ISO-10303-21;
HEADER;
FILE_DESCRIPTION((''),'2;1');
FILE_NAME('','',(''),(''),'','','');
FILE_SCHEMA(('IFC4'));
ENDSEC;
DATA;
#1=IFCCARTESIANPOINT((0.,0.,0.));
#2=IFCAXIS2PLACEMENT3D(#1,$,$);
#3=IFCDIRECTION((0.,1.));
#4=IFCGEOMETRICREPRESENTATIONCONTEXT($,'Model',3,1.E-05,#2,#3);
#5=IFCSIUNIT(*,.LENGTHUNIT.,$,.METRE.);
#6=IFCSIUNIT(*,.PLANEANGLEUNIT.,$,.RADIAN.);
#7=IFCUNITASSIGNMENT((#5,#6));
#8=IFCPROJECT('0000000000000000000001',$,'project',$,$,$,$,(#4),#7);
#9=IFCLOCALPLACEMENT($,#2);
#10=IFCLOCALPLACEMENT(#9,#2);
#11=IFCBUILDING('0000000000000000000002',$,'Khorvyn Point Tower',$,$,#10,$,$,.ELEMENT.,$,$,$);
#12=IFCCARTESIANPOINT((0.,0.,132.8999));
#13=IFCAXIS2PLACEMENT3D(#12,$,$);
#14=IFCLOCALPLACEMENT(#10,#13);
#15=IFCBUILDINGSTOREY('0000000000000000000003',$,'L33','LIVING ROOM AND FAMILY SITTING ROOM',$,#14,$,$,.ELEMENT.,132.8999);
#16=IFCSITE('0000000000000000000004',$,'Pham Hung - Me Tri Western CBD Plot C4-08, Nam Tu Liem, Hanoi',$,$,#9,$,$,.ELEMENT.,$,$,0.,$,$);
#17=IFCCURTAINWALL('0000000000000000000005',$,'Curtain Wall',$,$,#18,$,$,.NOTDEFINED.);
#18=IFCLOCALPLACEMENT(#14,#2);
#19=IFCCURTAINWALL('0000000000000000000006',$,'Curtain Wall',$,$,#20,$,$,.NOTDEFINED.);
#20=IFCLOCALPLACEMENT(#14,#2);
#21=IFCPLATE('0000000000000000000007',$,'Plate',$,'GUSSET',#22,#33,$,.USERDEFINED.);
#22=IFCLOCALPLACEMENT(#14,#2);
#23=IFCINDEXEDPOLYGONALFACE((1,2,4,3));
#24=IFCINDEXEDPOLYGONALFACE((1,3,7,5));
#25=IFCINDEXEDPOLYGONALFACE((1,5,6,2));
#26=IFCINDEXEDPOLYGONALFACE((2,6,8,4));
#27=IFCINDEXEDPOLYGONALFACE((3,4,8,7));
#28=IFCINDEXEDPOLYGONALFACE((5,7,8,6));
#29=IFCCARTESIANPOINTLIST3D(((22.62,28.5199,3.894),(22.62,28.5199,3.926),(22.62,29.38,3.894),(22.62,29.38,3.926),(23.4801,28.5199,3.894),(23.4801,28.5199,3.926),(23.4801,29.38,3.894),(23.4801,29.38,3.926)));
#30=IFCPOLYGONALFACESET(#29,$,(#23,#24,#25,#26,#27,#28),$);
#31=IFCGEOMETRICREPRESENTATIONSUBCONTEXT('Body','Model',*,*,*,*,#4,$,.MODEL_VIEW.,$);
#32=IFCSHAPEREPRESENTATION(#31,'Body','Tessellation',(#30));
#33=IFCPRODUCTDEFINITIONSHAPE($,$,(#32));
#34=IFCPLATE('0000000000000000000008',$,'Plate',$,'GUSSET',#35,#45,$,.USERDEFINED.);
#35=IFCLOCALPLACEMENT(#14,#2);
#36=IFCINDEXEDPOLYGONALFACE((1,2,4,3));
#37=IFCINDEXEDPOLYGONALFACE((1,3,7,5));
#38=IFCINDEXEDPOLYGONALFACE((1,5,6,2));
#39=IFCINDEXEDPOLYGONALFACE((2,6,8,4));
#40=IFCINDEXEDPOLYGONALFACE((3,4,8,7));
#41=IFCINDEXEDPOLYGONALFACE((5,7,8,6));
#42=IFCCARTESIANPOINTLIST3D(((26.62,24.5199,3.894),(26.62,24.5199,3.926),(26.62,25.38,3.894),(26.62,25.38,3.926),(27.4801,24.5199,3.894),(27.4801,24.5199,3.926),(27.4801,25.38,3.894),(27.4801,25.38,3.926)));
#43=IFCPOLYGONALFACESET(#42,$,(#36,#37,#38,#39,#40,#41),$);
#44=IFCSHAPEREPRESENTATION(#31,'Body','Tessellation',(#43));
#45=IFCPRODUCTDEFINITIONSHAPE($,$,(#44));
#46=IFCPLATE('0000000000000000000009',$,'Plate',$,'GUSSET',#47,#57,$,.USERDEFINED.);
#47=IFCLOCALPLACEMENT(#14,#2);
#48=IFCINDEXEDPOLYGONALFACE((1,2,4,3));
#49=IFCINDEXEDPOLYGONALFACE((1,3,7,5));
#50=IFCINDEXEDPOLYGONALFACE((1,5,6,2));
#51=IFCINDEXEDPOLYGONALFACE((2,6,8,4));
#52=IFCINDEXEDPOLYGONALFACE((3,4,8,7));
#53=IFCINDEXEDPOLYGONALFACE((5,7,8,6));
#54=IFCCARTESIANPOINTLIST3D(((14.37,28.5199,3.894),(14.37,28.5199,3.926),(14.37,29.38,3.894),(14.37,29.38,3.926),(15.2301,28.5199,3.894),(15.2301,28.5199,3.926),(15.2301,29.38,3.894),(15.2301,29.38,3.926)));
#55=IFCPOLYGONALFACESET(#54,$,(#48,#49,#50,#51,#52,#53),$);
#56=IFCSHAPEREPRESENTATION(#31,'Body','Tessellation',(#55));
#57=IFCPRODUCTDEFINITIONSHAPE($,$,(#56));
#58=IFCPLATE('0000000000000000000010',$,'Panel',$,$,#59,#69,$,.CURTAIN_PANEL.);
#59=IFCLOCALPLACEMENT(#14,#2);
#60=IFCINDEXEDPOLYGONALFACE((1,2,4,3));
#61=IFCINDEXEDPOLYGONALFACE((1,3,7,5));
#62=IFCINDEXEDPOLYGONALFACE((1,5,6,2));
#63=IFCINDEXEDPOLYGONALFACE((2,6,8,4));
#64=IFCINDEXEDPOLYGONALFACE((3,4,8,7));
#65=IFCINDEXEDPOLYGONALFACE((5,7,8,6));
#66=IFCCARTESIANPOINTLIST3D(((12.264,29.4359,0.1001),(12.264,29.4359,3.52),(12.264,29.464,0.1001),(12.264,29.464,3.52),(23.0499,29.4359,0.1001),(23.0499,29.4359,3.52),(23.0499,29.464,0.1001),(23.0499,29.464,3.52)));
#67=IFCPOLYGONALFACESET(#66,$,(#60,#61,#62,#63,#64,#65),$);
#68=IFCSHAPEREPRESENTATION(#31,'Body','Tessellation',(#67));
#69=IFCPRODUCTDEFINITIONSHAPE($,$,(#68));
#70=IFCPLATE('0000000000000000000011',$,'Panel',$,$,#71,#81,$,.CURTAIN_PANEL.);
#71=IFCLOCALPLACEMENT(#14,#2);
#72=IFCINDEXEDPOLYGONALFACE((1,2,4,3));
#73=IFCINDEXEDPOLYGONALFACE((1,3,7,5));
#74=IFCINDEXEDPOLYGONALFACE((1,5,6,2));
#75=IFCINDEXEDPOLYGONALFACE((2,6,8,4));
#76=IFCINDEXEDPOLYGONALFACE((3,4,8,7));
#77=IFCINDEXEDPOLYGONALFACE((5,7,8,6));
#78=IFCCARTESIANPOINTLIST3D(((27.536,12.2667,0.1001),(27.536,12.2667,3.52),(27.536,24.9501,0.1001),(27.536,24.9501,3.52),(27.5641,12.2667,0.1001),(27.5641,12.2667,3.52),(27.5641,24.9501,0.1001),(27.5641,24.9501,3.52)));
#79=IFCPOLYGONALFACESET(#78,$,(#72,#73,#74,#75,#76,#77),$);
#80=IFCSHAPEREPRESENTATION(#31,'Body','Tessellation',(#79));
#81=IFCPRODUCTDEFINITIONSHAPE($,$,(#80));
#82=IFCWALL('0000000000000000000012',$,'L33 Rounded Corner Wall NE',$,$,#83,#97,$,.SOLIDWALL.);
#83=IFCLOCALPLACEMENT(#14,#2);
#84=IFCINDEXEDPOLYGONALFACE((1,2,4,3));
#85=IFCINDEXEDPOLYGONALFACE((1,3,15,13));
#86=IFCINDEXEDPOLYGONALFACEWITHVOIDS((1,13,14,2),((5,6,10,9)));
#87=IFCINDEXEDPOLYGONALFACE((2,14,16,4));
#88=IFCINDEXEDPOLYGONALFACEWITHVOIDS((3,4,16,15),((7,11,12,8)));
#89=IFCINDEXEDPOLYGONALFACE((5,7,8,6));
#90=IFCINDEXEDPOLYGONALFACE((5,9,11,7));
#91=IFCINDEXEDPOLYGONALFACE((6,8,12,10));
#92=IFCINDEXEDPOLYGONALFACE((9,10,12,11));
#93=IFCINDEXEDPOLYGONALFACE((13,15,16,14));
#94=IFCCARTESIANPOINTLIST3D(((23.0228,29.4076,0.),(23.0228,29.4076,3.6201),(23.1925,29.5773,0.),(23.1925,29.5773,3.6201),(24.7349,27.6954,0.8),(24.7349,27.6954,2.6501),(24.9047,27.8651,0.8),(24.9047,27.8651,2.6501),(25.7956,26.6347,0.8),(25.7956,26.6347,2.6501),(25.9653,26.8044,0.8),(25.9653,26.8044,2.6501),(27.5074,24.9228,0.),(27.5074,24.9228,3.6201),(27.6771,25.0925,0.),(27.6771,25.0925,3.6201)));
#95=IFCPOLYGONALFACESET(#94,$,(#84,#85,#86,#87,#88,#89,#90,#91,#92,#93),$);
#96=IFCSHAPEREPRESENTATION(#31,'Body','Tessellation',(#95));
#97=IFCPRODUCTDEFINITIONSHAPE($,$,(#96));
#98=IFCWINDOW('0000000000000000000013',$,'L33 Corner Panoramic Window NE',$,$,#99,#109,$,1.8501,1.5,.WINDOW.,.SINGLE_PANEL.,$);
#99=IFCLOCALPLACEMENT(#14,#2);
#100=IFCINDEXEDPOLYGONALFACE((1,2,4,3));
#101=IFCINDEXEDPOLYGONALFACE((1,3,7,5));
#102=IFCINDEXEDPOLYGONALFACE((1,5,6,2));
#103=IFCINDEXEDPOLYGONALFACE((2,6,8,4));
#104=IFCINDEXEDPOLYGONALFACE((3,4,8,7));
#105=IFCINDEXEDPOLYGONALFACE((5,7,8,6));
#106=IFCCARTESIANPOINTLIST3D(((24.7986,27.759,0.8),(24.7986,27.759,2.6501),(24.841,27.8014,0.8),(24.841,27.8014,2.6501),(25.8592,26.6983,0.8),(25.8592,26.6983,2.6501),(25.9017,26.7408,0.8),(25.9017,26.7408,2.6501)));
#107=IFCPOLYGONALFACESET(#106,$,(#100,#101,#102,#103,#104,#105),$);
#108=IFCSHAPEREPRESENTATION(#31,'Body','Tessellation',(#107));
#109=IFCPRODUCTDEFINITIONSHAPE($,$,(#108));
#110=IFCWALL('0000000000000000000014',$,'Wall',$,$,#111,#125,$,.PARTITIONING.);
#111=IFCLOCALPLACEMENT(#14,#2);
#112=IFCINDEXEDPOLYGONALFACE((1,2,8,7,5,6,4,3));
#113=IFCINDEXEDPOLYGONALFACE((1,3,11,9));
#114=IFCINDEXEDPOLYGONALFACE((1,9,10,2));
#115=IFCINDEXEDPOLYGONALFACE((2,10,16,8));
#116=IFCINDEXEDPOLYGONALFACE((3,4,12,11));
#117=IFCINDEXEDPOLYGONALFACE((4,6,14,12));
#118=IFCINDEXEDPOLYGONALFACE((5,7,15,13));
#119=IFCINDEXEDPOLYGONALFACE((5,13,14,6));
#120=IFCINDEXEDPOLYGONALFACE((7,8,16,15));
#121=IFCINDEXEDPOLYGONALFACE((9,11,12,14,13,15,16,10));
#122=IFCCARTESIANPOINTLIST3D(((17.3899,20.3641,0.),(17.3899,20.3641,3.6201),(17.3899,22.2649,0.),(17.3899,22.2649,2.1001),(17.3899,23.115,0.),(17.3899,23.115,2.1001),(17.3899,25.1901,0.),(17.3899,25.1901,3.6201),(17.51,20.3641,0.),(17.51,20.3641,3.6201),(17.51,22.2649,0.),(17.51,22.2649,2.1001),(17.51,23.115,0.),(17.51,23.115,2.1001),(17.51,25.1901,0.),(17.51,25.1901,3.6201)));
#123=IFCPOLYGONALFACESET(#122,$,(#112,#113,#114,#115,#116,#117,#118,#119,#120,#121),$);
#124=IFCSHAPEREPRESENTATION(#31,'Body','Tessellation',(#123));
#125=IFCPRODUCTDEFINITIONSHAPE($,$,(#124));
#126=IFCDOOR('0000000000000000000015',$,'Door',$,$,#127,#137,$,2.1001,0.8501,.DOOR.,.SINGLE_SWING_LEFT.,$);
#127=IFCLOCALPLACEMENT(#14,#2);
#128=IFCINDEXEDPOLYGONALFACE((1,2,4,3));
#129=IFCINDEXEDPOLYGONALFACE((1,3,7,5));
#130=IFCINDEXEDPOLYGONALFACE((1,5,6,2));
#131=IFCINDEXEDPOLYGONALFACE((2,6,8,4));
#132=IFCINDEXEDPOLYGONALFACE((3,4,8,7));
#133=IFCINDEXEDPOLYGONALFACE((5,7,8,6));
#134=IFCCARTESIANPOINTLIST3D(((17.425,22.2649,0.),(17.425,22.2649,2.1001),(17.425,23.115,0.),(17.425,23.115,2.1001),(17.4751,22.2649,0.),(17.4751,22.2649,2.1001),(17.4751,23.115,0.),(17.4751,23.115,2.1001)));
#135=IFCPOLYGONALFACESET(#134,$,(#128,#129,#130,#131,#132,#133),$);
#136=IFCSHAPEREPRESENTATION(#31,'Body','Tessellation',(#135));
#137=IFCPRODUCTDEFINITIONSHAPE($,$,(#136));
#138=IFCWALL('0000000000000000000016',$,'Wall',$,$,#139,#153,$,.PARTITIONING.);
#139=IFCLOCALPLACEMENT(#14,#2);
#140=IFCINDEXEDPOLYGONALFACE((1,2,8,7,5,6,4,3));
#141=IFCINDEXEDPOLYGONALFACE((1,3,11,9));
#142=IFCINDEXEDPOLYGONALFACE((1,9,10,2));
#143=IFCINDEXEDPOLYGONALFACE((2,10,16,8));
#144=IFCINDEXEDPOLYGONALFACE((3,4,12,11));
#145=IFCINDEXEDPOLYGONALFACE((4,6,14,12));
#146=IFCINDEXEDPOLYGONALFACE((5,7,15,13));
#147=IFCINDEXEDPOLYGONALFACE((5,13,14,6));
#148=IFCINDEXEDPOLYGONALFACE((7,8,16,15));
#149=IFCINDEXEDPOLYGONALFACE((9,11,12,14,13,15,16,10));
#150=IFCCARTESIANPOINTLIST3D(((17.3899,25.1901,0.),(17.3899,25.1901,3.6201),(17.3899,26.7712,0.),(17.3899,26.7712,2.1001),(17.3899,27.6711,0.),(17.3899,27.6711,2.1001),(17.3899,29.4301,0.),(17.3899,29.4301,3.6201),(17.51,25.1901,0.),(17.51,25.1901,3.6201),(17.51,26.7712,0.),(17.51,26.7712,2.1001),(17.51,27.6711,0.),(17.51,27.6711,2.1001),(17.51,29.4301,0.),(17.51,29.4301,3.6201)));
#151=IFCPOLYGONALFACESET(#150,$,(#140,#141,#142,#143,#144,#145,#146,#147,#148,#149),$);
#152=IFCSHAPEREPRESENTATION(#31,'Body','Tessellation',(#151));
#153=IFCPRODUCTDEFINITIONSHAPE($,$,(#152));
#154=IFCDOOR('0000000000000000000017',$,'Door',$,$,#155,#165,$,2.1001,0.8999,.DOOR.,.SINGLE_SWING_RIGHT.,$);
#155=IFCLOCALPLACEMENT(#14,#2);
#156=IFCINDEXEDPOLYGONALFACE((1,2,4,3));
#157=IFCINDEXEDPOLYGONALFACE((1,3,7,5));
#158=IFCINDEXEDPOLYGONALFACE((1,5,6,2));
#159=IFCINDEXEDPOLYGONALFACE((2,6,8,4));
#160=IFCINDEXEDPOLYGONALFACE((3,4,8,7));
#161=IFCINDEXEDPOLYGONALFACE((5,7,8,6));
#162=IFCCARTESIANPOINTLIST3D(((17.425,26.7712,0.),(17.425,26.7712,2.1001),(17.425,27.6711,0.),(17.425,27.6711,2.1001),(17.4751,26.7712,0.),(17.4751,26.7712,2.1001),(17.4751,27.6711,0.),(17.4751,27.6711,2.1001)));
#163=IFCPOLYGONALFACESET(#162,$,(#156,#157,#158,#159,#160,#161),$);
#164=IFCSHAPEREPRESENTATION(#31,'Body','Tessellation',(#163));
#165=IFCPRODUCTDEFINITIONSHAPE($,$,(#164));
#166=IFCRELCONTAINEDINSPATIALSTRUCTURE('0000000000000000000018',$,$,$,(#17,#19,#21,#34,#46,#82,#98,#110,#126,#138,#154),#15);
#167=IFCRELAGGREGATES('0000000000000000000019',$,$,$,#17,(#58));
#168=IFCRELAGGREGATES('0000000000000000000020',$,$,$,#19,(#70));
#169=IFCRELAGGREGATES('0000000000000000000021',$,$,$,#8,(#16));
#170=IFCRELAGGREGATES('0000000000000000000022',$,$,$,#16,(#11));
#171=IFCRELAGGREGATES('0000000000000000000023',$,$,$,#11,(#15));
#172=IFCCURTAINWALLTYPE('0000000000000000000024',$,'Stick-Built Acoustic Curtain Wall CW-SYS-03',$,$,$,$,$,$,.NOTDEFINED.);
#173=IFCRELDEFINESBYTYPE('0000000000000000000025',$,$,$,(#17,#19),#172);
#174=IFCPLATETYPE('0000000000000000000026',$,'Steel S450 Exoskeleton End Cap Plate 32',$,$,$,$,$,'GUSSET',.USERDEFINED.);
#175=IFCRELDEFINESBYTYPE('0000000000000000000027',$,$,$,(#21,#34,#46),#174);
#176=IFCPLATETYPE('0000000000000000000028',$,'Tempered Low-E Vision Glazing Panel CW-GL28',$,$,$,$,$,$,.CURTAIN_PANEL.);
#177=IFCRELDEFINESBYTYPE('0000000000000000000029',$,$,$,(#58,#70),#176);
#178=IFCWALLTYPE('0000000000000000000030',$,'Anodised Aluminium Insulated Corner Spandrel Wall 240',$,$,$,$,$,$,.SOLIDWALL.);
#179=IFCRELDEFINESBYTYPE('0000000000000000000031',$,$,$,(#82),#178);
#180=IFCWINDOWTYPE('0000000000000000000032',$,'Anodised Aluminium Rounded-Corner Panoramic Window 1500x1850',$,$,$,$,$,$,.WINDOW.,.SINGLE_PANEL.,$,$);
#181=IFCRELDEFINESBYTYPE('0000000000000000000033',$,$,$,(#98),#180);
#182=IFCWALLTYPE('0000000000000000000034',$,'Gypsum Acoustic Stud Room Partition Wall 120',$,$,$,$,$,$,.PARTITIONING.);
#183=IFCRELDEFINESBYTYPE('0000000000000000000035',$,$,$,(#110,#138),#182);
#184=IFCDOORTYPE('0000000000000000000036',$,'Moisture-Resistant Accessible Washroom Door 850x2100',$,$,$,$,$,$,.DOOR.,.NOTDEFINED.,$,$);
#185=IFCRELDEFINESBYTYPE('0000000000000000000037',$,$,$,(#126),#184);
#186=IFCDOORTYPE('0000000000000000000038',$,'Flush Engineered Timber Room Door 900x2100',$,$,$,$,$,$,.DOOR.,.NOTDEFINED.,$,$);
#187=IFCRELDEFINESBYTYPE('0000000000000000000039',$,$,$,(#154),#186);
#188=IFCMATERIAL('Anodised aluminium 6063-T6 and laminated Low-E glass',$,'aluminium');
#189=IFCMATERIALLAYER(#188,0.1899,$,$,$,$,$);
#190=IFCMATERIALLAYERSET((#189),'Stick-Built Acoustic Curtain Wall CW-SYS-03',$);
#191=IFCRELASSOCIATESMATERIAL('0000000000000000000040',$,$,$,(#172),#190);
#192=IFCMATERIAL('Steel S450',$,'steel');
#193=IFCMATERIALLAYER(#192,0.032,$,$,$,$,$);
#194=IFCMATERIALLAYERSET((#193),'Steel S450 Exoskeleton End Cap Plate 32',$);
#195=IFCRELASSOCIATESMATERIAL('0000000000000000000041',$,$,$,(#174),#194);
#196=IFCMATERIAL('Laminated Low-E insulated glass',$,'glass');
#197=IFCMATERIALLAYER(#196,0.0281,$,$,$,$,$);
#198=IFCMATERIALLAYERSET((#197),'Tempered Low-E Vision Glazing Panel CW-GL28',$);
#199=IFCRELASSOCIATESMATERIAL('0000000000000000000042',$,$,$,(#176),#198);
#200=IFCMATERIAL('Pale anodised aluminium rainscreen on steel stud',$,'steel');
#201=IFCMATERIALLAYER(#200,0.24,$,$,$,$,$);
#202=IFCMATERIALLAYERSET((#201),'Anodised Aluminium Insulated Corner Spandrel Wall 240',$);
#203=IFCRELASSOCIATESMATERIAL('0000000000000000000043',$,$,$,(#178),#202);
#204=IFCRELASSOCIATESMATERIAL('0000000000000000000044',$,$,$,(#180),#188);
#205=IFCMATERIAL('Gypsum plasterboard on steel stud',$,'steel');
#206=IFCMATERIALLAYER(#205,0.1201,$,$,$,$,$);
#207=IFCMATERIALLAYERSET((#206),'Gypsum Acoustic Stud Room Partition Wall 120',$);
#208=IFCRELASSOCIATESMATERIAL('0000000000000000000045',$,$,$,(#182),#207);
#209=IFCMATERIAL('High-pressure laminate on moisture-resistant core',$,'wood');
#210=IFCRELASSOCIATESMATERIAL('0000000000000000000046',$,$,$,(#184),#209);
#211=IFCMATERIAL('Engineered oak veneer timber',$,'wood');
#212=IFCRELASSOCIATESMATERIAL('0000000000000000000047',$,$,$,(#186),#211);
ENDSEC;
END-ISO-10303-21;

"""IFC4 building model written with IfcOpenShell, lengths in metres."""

from ifc_helpers import new_model, si_unit, direction, frame, frame_2d, origin, origin_2d, place, context, subcontext, project, spatial, rectangle, extrude, material, layer, layer_set, type_object, element, fill, aggregate, save


model = new_model("IFC4")

# Units and contexts
model_context = context("Model", 3, precision=1e-05, world=origin(), true_north=direction((0.0, 1.0)))
body_context = subcontext(model_context, "Body", "Model", "MODEL_VIEW")
ifc_project = project(units=[si_unit("LENGTHUNIT", "METRE"), si_unit("PLANEANGLEUNIT", "RADIAN")], contexts=[model_context])

# Site, building, storey
site_placement = place(None, origin())
site = spatial("IfcSite", under=ifc_project, at=site_placement, Name="Pham Hung - Me Tri Western CBD Plot C4-08, Nam Tu Liem, Hanoi", CompositionType="ELEMENT", RefElevation=0.0)
building_placement = place(site_placement, origin())
building = spatial("IfcBuilding", under=site, at=building_placement, Name="Khorvyn Point Tower", CompositionType="ELEMENT")
storey_placement = place(building_placement, frame((0.0, 0.0, 132.8999)))
storey = spatial("IfcBuildingStorey", under=building, at=storey_placement, Name="L33", Description="LIVING ROOM AND FAMILY SITTING ROOM", CompositionType="ELEMENT", Elevation=132.8999)

# Shared definitions
ifc_material_1 = material(Name="Steel S450", Category="steel")

# Curtain wall
ifc_material_2 = material(Name="Anodised aluminium 6063-T6 and laminated Low-E glass", Category="aluminium")
ifc_layer_1 = layer(ifc_material_2, 0.1899)
ifc_layer_set_1 = layer_set([ifc_layer_1], Name="Stick-Built Acoustic Curtain Wall CW-SYS-03")
curtain_wall_type = type_object("IfcCurtainWallType", Name="Stick-Built Acoustic Curtain Wall CW-SYS-03", PredefinedType="NOTDEFINED", material=ifc_layer_set_1)
curtain_wall_1_placement = place(storey_placement, origin())
curtain_wall_1 = element("IfcCurtainWall", 1, at=curtain_wall_1_placement, inside=storey, type_object=curtain_wall_type, Name="Curtain Wall", PredefinedType="NOTDEFINED")

# Curtain wall
curtain_wall_2_placement = place(storey_placement, origin())
curtain_wall_2 = element("IfcCurtainWall", 2, at=curtain_wall_2_placement, inside=storey, type_object=curtain_wall_type, Name="Curtain Wall", PredefinedType="NOTDEFINED")

# Plates
ifc_layer_2 = layer(ifc_material_1, 0.032)
ifc_layer_set_2 = layer_set([ifc_layer_2], Name="Steel S450 Exoskeleton End Cap Plate 32")
plate_type_1 = type_object("IfcPlateType", Name="Steel S450 Exoskeleton End Cap Plate 32", ElementType="GUSSET", PredefinedType="USERDEFINED", material=ifc_layer_set_2)
for number, where, z_axis, x_axis, name in (
    (3, (23.05, 28.95, 3.894), (0.0, 0.0, 1.0), (1.0, 0.0, 0.0), "Plate"),
    (4, (27.05, 24.95, 3.894), (0.0, 0.0, 1.0), (1.0, 0.0, 0.0), "Plate"),
    (5, (14.8, 28.95, 3.894), (0.0, 0.0, 1.0), (1.0, 0.0, 0.0), "Plate"),
):
    element("IfcPlate", number, at=place(storey_placement, frame(where, z_axis=z_axis, x_axis=x_axis)), inside=storey, type_object=plate_type_1, Name=name, ObjectType="GUSSET", PredefinedType="USERDEFINED", context=body_context, shape_type="SweptSolid", body=[
        extrude(rectangle(XDim=0.8601, YDim=0.8601, at=origin_2d()), origin(), (0.0, 0.0, 1.0), 0.032),
    ])

# Plates
ifc_material_3 = material(Name="Laminated Low-E insulated glass", Category="glass")
ifc_layer_3 = layer(ifc_material_3, 0.0281)
ifc_layer_set_3 = layer_set([ifc_layer_3], Name="Tempered Low-E Vision Glazing Panel CW-GL28")
plate_type_2 = type_object("IfcPlateType", Name="Tempered Low-E Vision Glazing Panel CW-GL28", PredefinedType="CURTAIN_PANEL", material=ifc_layer_set_3)
plate_1_placement = place(storey_placement, frame((17.657, 29.45, 0.1001), z_axis=(0.0, 0.0, 1.0), x_axis=(1.0, 0.0, 0.0)))
plate_1 = element("IfcPlate", 6, at=plate_1_placement, type_object=plate_type_2, Name="Panel", PredefinedType="CURTAIN_PANEL", context=body_context, shape_type="SweptSolid", body=[
    extrude(rectangle(XDim=10.7859, YDim=0.0281, at=origin_2d()), origin(), (0.0, 0.0, 1.0), 3.4199),
])
aggregate(curtain_wall_1, [plate_1])
plate_2_placement = place(storey_placement, frame((27.55, 18.6084, 0.1001), z_axis=(0.0, 0.0, 1.0), x_axis=(0.0, -1.0, 0.0)))
plate_2 = element("IfcPlate", 7, at=plate_2_placement, type_object=plate_type_2, Name="Panel", PredefinedType="CURTAIN_PANEL", context=body_context, shape_type="SweptSolid", body=[
    extrude(rectangle(XDim=12.6833, YDim=0.0281, at=origin_2d()), origin(), (0.0, 0.0, 1.0), 3.4199),
])
aggregate(curtain_wall_2, [plate_2])

# Wall, opening, window
ifc_material_4 = material(Name="Pale anodised aluminium rainscreen on steel stud", Category="steel")
ifc_layer_4 = layer(ifc_material_4, 0.24)
ifc_layer_set_4 = layer_set([ifc_layer_4], Name="Anodised Aluminium Insulated Corner Spandrel Wall 240")
wall_type_1 = type_object("IfcWallType", Name="Anodised Aluminium Insulated Corner Spandrel Wall 240", PredefinedType="SOLIDWALL", material=ifc_layer_set_4)
wall_1_placement = place(storey_placement, frame((23.1077, 29.4924, 0.0), z_axis=(0.0, 0.0, 1.0), x_axis=(0.707088, -0.707126, 0.0)))
wall_1 = element("IfcWall", 8, at=wall_1_placement, inside=storey, type_object=wall_type_1, Name="L33 Rounded Corner Wall NE", PredefinedType="SOLIDWALL", context=body_context, shape_type="SweptSolid", body=[
    extrude(rectangle(XDim=6.3423, YDim=0.24, at=frame_2d((3.1711, 0.0))), origin(), (0.0, 0.0, 1.0), 3.6201),
])
opening_1_placement = place(wall_1_placement, frame((2.4214, 0.0, 0.8)))
opening_1 = element("IfcOpeningElement", 9, at=opening_1_placement, cuts=wall_1, PredefinedType="OPENING", context=body_context, shape_type="SweptSolid", body=[
    extrude(rectangle(XDim=1.5, YDim=1.8501, at=frame_2d((0.75, 0.925))), frame((0.0, 0.1299, 0.0), z_axis=(0.0, -1.0, 0.0), x_axis=(1.0, 0.0, 0.0)), (0.0, 0.0, 1.0), 0.26),
])
window_type = type_object("IfcWindowType", Name="Anodised Aluminium Rounded-Corner Panoramic Window 1500x1850", PartitioningType="SINGLE_PANEL", PredefinedType="WINDOW", material=ifc_material_2)
window_placement = place(opening_1_placement, origin())
window = element("IfcWindow", 10, at=window_placement, inside=storey, type_object=window_type, Name="L33 Corner Panoramic Window NE", OverallHeight=1.8501, OverallWidth=1.5, PartitioningType="SINGLE_PANEL", PredefinedType="WINDOW", context=body_context, shape_type="SweptSolid", body=[
    extrude(rectangle(XDim=1.5, YDim=1.8501, at=frame_2d((0.75, 0.925))), frame((0.0, 0.03, 0.0), z_axis=(0.0, -1.0, 0.0), x_axis=(1.0, 0.0, 0.0)), (0.0, 0.0, 1.0), 0.0601),
])
fill(opening_1, window)

# Walls, openings, doors
ifc_material_5 = material(Name="Gypsum plasterboard on steel stud", Category="steel")
ifc_layer_5 = layer(ifc_material_5, 0.1201)
ifc_layer_set_5 = layer_set([ifc_layer_5], Name="Gypsum Acoustic Stud Room Partition Wall 120")
wall_type_2 = type_object("IfcWallType", Name="Gypsum Acoustic Stud Room Partition Wall 120", PredefinedType="PARTITIONING", material=ifc_layer_set_5)
wall_2_placement = place(storey_placement, frame((17.45, 20.364, 0.0), z_axis=(0.0, 0.0, 1.0), x_axis=(0.0, 1.0, 0.0)))
wall_2 = element("IfcWall", 11, at=wall_2_placement, inside=storey, type_object=wall_type_2, Name="Wall", PredefinedType="PARTITIONING", context=body_context, shape_type="SweptSolid", body=[
    extrude(rectangle(XDim=4.8259, YDim=0.1201, at=frame_2d((2.4131, 0.0))), origin(), (0.0, 0.0, 1.0), 3.6201),
])
opening_2_placement = place(wall_2_placement, frame((1.9009, 0.0, 0.0)))
opening_2 = element("IfcOpeningElement", 12, at=opening_2_placement, cuts=wall_2, PredefinedType="OPENING", context=body_context, shape_type="SweptSolid", body=[
    extrude(rectangle(XDim=0.8501, YDim=2.1001, at=frame_2d((0.425, 1.05))), frame((0.0, 0.0701, 0.0), z_axis=(0.0, -1.0, 0.0), x_axis=(1.0, 0.0, 0.0)), (0.0, 0.0, 1.0), 0.1401),
])
ifc_material_6 = material(Name="High-pressure laminate on moisture-resistant core", Category="wood")
door_type_1 = type_object("IfcDoorType", Name="Moisture-Resistant Accessible Washroom Door 850x2100", OperationType="NOTDEFINED", PredefinedType="DOOR", material=ifc_material_6)
door_1_placement = place(opening_2_placement, origin())
door_1 = element("IfcDoor", 13, at=door_1_placement, inside=storey, type_object=door_type_1, Name="Door", OperationType="SINGLE_SWING_LEFT", OverallHeight=2.1001, OverallWidth=0.8501, PredefinedType="DOOR", context=body_context, shape_type="SweptSolid", body=[
    extrude(rectangle(XDim=0.8501, YDim=2.1001, at=frame_2d((0.425, 1.05))), frame((0.0, 0.0249, 0.0), z_axis=(0.0, -1.0, 0.0), x_axis=(1.0, 0.0, 0.0)), (0.0, 0.0, 1.0), 0.05),
])
fill(opening_2, door_1)
wall_3_placement = place(storey_placement, frame((17.45, 25.1899, 0.0), z_axis=(0.0, 0.0, 1.0), x_axis=(0.0, 1.0, 0.0)))
wall_3 = element("IfcWall", 14, at=wall_3_placement, inside=storey, type_object=wall_type_2, Name="Wall", PredefinedType="PARTITIONING", context=body_context, shape_type="SweptSolid", body=[
    extrude(rectangle(XDim=4.24, YDim=0.1201, at=frame_2d((2.1201, 0.0))), origin(), (0.0, 0.0, 1.0), 3.6201),
])
opening_3_placement = place(wall_3_placement, frame((1.5813, 0.0, 0.0)))
opening_3 = element("IfcOpeningElement", 15, at=opening_3_placement, cuts=wall_3, PredefinedType="OPENING", context=body_context, shape_type="SweptSolid", body=[
    extrude(rectangle(XDim=0.8999, YDim=2.1001, at=frame_2d((0.45, 1.05))), frame((0.0, 0.0701, 0.0), z_axis=(0.0, -1.0, 0.0), x_axis=(1.0, 0.0, 0.0)), (0.0, 0.0, 1.0), 0.1401),
])
ifc_material_7 = material(Name="Engineered oak veneer timber", Category="wood")
door_type_2 = type_object("IfcDoorType", Name="Flush Engineered Timber Room Door 900x2100", OperationType="NOTDEFINED", PredefinedType="DOOR", material=ifc_material_7)
door_2_placement = place(opening_3_placement, origin())
door_2 = element("IfcDoor", 16, at=door_2_placement, inside=storey, type_object=door_type_2, Name="Door", OperationType="SINGLE_SWING_RIGHT", OverallHeight=2.1001, OverallWidth=0.8999, PredefinedType="DOOR", context=body_context, shape_type="SweptSolid", body=[
    extrude(rectangle(XDim=0.8999, YDim=2.1001, at=frame_2d((0.45, 1.05))), frame((0.0, 0.0249, 0.0), z_axis=(0.0, -1.0, 0.0), x_axis=(1.0, 0.0, 0.0)), (0.0, 0.0, 1.0), 0.05),
])
fill(opening_3, door_2)

save(model, "model.ifc")
